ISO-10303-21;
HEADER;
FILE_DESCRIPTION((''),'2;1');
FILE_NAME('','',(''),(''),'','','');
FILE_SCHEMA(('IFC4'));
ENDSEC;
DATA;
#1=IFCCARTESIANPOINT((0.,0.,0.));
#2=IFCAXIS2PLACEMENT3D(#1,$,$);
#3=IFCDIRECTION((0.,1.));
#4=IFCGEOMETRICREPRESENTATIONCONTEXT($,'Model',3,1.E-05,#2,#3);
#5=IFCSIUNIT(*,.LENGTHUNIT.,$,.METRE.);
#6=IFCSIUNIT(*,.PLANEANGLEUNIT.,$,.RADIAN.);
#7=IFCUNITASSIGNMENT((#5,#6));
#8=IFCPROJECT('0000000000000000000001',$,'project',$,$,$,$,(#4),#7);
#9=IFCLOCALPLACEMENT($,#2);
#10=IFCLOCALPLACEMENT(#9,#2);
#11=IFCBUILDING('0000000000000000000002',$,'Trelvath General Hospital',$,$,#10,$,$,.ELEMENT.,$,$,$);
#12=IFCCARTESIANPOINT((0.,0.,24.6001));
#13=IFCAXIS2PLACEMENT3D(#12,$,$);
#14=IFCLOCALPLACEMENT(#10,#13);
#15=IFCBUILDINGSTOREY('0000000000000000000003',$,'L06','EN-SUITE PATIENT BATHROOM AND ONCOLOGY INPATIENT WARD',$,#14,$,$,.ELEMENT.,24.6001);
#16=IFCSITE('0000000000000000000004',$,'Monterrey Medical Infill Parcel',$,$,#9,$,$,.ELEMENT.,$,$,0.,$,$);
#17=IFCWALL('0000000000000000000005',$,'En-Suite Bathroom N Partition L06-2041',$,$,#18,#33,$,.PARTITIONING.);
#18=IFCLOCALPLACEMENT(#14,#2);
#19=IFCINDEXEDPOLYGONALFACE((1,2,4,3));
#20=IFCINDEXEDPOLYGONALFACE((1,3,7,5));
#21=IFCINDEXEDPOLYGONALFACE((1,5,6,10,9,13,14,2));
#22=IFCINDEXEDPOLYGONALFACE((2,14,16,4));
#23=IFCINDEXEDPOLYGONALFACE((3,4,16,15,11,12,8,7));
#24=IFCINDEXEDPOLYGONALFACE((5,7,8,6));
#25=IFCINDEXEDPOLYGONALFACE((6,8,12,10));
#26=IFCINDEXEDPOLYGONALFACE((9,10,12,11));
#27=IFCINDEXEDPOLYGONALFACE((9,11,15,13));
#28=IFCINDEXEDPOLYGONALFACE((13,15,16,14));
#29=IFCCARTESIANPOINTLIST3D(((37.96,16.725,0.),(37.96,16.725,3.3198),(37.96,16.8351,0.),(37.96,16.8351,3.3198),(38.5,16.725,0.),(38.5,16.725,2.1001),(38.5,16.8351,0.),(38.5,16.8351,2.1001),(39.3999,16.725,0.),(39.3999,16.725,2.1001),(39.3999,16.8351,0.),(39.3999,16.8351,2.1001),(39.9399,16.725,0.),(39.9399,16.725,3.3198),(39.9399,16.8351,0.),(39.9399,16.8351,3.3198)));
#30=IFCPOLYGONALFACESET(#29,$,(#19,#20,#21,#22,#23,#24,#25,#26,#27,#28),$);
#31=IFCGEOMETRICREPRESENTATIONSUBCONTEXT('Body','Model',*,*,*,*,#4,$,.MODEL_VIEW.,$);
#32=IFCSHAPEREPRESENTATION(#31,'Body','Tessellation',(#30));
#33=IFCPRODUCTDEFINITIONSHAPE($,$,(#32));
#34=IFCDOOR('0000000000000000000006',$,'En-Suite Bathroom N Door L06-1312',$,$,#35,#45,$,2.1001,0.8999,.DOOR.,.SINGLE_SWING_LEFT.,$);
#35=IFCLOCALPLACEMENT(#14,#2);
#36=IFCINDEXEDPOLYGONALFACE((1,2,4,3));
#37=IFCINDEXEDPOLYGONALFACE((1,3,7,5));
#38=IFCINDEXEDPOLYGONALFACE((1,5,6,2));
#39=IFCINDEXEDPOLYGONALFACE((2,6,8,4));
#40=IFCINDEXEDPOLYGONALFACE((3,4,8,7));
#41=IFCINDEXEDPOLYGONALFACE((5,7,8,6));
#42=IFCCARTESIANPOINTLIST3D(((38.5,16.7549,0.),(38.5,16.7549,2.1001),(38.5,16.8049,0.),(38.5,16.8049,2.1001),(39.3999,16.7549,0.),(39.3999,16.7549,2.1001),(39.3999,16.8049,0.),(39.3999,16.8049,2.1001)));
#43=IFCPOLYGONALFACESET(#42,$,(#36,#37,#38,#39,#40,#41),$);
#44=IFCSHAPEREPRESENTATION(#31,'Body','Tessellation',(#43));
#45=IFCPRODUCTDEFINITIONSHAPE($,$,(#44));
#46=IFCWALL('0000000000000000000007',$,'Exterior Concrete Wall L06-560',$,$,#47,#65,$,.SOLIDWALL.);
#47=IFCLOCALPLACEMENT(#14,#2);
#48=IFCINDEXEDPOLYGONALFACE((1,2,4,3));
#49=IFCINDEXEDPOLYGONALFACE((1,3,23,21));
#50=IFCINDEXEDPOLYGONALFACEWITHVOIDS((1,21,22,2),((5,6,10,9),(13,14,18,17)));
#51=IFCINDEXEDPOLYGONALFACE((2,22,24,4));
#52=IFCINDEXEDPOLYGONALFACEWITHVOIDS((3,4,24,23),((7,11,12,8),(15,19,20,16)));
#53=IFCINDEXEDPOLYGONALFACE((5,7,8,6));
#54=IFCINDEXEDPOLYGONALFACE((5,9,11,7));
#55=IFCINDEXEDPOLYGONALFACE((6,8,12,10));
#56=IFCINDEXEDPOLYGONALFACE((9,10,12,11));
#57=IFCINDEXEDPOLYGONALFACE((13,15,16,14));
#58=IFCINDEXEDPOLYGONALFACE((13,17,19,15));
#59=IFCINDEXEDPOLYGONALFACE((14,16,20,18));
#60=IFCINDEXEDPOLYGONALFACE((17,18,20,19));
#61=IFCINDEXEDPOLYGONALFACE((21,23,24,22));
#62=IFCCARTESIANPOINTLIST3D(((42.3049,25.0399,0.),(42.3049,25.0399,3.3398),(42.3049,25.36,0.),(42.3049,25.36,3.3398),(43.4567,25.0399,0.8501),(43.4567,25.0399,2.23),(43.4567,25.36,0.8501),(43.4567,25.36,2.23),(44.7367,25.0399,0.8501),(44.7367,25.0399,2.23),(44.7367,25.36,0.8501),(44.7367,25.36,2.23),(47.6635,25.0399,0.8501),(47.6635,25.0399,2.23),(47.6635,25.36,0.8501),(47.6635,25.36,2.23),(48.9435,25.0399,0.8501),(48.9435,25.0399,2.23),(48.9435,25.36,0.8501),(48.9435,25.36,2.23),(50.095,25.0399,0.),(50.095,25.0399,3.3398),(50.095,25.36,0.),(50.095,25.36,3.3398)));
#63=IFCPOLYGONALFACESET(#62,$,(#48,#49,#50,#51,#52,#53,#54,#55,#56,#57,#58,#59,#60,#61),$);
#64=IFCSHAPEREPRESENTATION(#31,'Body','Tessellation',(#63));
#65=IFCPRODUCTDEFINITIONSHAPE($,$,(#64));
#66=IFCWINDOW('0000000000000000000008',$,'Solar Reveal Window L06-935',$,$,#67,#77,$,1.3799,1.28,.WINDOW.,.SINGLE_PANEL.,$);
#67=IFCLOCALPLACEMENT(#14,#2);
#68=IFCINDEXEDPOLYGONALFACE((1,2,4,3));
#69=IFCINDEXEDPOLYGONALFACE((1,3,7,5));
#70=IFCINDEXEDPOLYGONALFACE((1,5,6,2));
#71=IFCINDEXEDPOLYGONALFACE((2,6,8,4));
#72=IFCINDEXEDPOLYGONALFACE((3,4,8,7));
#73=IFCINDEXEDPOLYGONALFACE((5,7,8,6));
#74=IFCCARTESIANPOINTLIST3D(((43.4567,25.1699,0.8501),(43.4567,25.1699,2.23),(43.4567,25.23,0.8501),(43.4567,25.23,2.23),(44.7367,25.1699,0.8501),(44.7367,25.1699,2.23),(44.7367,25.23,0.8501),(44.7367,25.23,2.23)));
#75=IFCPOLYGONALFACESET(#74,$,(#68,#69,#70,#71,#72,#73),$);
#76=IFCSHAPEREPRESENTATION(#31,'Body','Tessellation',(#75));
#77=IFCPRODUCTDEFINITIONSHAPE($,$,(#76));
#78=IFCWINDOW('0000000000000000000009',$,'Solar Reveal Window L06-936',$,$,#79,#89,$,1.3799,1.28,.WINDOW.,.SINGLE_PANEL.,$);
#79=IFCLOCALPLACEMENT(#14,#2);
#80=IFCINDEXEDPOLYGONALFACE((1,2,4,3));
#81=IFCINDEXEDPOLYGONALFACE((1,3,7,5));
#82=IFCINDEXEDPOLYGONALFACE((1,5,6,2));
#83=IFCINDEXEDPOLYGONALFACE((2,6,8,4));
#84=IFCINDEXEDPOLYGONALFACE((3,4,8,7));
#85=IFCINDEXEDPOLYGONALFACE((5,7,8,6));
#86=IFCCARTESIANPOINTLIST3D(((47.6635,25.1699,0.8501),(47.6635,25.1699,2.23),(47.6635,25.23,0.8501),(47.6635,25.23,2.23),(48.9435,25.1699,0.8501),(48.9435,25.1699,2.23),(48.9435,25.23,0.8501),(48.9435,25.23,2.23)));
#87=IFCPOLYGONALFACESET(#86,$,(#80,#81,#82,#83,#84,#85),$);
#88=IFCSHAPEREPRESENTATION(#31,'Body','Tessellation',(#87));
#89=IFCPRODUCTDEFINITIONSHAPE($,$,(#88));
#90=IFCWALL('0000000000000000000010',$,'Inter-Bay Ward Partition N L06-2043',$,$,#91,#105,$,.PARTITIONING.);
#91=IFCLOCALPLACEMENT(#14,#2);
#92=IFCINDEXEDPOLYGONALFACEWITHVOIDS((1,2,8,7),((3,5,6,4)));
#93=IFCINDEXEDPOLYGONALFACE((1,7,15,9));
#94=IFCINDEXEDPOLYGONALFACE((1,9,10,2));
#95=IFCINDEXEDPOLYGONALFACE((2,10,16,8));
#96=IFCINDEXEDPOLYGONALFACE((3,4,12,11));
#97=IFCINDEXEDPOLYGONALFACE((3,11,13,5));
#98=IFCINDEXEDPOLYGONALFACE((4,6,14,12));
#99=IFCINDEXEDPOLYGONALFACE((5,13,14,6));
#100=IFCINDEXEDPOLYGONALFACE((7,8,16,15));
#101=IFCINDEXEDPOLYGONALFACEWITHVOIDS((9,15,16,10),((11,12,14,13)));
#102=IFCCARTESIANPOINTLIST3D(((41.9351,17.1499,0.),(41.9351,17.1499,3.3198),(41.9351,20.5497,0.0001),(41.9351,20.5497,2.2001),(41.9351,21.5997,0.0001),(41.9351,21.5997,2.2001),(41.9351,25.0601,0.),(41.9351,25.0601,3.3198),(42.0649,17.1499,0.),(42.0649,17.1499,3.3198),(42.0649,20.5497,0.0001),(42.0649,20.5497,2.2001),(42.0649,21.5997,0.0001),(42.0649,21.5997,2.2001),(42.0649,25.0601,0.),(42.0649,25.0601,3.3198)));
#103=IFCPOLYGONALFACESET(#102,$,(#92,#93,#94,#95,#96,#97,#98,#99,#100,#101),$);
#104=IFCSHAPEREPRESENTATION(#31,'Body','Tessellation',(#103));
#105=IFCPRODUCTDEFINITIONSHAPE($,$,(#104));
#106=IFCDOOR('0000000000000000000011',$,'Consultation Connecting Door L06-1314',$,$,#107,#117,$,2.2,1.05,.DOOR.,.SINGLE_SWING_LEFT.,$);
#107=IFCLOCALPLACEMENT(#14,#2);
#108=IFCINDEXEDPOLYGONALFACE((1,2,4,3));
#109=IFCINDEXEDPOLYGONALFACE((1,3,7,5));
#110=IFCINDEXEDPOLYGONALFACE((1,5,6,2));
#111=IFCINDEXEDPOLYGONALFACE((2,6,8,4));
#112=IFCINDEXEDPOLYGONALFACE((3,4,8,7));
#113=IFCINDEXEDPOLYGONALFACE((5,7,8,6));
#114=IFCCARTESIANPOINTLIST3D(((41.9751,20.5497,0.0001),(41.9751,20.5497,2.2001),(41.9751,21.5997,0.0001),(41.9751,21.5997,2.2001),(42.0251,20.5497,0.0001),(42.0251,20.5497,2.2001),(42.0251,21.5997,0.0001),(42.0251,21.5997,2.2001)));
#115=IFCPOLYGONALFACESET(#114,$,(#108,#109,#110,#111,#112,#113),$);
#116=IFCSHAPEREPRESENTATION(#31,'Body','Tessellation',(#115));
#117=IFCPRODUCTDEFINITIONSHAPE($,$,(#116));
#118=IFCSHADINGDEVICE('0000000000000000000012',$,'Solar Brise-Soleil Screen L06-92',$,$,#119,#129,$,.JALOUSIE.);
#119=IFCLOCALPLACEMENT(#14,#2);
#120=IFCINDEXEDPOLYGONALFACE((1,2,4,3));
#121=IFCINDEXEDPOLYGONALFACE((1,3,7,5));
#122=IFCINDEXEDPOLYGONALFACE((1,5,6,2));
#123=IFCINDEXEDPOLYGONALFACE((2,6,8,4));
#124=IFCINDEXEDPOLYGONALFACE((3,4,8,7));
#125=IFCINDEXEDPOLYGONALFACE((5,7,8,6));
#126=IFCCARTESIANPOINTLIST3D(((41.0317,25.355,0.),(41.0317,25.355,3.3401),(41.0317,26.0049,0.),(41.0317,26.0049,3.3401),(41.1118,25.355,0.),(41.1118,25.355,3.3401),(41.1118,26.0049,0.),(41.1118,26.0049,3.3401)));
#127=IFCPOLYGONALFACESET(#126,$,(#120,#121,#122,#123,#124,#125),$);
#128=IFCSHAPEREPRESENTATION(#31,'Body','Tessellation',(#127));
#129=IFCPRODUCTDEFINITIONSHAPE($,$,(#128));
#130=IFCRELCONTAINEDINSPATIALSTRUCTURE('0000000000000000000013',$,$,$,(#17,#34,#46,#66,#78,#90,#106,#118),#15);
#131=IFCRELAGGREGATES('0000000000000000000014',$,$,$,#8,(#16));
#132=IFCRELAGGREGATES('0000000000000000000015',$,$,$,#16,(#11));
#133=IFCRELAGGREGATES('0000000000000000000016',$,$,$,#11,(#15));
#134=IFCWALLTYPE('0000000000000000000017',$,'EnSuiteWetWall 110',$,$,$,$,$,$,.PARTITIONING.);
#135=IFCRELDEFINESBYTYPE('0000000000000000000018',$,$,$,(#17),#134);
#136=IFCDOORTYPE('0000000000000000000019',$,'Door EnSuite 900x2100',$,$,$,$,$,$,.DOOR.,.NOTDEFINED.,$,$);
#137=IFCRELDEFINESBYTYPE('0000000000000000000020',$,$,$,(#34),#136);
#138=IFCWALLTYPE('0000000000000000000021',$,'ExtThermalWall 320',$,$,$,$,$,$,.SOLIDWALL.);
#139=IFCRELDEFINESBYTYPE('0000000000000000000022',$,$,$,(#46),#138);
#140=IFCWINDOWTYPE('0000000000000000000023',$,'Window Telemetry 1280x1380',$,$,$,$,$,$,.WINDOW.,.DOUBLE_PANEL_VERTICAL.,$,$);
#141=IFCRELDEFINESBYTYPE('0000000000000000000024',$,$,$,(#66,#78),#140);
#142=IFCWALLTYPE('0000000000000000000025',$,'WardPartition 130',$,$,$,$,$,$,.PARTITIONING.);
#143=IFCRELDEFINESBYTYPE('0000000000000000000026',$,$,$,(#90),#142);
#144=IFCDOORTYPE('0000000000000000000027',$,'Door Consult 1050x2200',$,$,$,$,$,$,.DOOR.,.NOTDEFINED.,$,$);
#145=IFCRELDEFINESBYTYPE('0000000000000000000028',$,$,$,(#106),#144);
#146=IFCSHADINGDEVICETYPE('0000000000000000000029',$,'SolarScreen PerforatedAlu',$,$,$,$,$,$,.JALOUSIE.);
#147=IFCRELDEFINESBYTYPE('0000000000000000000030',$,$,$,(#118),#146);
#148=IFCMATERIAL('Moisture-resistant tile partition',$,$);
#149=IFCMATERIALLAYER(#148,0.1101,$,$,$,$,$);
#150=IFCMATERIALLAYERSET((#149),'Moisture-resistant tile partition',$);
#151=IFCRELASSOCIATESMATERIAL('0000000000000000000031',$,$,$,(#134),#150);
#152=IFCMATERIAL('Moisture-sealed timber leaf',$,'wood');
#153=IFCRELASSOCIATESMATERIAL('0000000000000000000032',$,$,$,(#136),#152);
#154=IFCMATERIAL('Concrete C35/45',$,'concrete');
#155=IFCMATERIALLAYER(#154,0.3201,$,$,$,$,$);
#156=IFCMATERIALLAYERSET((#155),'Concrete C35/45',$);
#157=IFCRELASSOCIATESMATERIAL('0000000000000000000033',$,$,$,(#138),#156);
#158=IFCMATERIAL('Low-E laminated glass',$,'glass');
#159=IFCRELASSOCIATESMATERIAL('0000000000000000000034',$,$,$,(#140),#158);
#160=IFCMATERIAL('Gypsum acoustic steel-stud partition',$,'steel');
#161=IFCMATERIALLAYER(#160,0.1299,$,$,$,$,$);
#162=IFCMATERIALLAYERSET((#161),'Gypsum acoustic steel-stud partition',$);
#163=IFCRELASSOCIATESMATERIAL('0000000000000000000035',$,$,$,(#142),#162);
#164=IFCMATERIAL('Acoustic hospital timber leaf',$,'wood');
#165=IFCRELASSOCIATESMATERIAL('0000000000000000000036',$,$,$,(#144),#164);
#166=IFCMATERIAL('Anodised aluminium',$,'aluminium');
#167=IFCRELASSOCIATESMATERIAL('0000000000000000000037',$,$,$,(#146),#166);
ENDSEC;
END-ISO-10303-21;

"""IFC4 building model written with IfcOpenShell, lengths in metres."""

from ifc_helpers import new_model, si_unit, direction, frame, frame_2d, origin, origin_2d, place, context, subcontext, project, spatial, rectangle, extrude, material, layer, layer_set, type_object, element, fill, save


model = new_model("IFC4")

# Units and contexts
model_context = context("Model", 3, precision=1e-05, world=origin(), true_north=direction((0.0, 1.0)))
body_context = subcontext(model_context, "Body", "Model", "MODEL_VIEW")
ifc_project = project(units=[si_unit("LENGTHUNIT", "METRE"), si_unit("PLANEANGLEUNIT", "RADIAN")], contexts=[model_context])

# Site, building, storey
site_placement = place(None, origin())
site = spatial("IfcSite", under=ifc_project, at=site_placement, Name="Monterrey Medical Infill Parcel", CompositionType="ELEMENT", RefElevation=0.0)
building_placement = place(site_placement, origin())
building = spatial("IfcBuilding", under=site, at=building_placement, Name="Trelvath General Hospital", CompositionType="ELEMENT")
storey_placement = place(building_placement, frame((0.0, 0.0, 24.6001)))
storey = spatial("IfcBuildingStorey", under=building, at=storey_placement, Name="L06", Description="EN-SUITE PATIENT BATHROOM AND ONCOLOGY INPATIENT WARD", CompositionType="ELEMENT", Elevation=24.6001)

# Shared definitions
ifc_material_1 = material(Name="Moisture-resistant tile partition")
ifc_layer_1 = layer(ifc_material_1, 0.1101)
ifc_layer_set_1 = layer_set([ifc_layer_1], Name="Moisture-resistant tile partition")
wall_type_1 = type_object("IfcWallType", Name="EnSuiteWetWall 110", PredefinedType="PARTITIONING", material=ifc_layer_set_1)
ifc_material_2 = material(Name="Moisture-sealed timber leaf", Category="wood")
door_type_1 = type_object("IfcDoorType", Name="Door EnSuite 900x2100", OperationType="NOTDEFINED", PredefinedType="DOOR", material=ifc_material_2)

# Wall, opening, door
wall_1_placement = place(storey_placement, frame((37.96, 16.78, 0.0), z_axis=(0.0, 0.0, 1.0), x_axis=(1.0, 0.0, 0.0)))
wall_1 = element("IfcWall", 1, at=wall_1_placement, inside=storey, type_object=wall_type_1, Name="En-Suite Bathroom N Partition L06-2041", PredefinedType="PARTITIONING", context=body_context, shape_type="SweptSolid", body=[
    extrude(rectangle(XDim=1.98, YDim=0.1101, at=frame_2d((0.99, 0.0))), origin(), (0.0, 0.0, 1.0), 3.3198),
])
opening_1_placement = place(wall_1_placement, frame((0.54, 0.0, 0.0)))
opening_1 = element("IfcOpeningElement", 2, at=opening_1_placement, cuts=wall_1, PredefinedType="OPENING", context=body_context, shape_type="SweptSolid", body=[
    extrude(rectangle(XDim=0.8999, YDim=2.1001, at=frame_2d((0.45, 1.05))), frame((0.0, 0.0649, 0.0), z_axis=(0.0, -1.0, 0.0), x_axis=(1.0, 0.0, 0.0)), (0.0, 0.0, 1.0), 0.1301),
])
door_1_placement = place(opening_1_placement, origin())
door_1 = element("IfcDoor", 3, at=door_1_placement, inside=storey, type_object=door_type_1, Name="En-Suite Bathroom N Door L06-1312", OperationType="SINGLE_SWING_LEFT", OverallHeight=2.1001, OverallWidth=0.8999, PredefinedType="DOOR", context=body_context, shape_type="SweptSolid", body=[
    extrude(rectangle(XDim=0.8999, YDim=2.1001, at=frame_2d((0.45, 1.05))), frame((0.0, 0.0249, 0.0), z_axis=(0.0, -1.0, 0.0), x_axis=(1.0, 0.0, 0.0)), (0.0, 0.0, 1.0), 0.05),
])
fill(opening_1, door_1)

# Wall, openings, windows
ifc_material_3 = material(Name="Concrete C35/45", Category="concrete")
ifc_layer_2 = layer(ifc_material_3, 0.3201)
ifc_layer_set_2 = layer_set([ifc_layer_2], Name="Concrete C35/45")
wall_type_2 = type_object("IfcWallType", Name="ExtThermalWall 320", PredefinedType="SOLIDWALL", material=ifc_layer_set_2)
wall_2_placement = place(storey_placement, frame((42.3049, 25.2, 0.0), z_axis=(0.0, 0.0, 1.0), x_axis=(1.0, 0.0, 0.0)))
wall_2 = element("IfcWall", 4, at=wall_2_placement, inside=storey, type_object=wall_type_2, Name="Exterior Concrete Wall L06-560", PredefinedType="SOLIDWALL", context=body_context, shape_type="SweptSolid", body=[
    extrude(rectangle(XDim=7.79, YDim=0.3201, at=frame_2d((3.895, 0.0))), origin(), (0.0, 0.0, 1.0), 3.3398),
])
opening_2_placement = place(wall_2_placement, frame((1.1516, 0.0, 0.8501)))
opening_2 = element("IfcOpeningElement", 5, at=opening_2_placement, cuts=wall_2, PredefinedType="OPENING", context=body_context, shape_type="SweptSolid", body=[
    extrude(rectangle(XDim=1.28, YDim=1.3799, at=frame_2d((0.6401, 0.6899))), frame((0.0, 0.1699, 0.0), z_axis=(0.0, -1.0, 0.0), x_axis=(1.0, 0.0, 0.0)), (0.0, 0.0, 1.0), 0.3401),
])
opening_3_placement = place(wall_2_placement, frame((5.3584, 0.0, 0.8501)))
opening_3 = element("IfcOpeningElement", 6, at=opening_3_placement, cuts=wall_2, PredefinedType="OPENING", context=body_context, shape_type="SweptSolid", body=[
    extrude(rectangle(XDim=1.28, YDim=1.3799, at=frame_2d((0.6401, 0.6899))), frame((0.0, 0.1699, 0.0), z_axis=(0.0, -1.0, 0.0), x_axis=(1.0, 0.0, 0.0)), (0.0, 0.0, 1.0), 0.3401),
])
ifc_material_4 = material(Name="Low-E laminated glass", Category="glass")
window_type = type_object("IfcWindowType", Name="Window Telemetry 1280x1380", PartitioningType="DOUBLE_PANEL_VERTICAL", PredefinedType="WINDOW", material=ifc_material_4)
window_1_placement = place(opening_2_placement, origin())
window_1 = element("IfcWindow", 7, at=window_1_placement, inside=storey, type_object=window_type, Name="Solar Reveal Window L06-935", OverallHeight=1.3799, OverallWidth=1.28, PartitioningType="SINGLE_PANEL", PredefinedType="WINDOW", context=body_context, shape_type="SweptSolid", body=[
    extrude(rectangle(XDim=1.28, YDim=1.3799, at=frame_2d((0.6401, 0.6899))), frame((0.0, 0.03, 0.0), z_axis=(0.0, -1.0, 0.0), x_axis=(1.0, 0.0, 0.0)), (0.0, 0.0, 1.0), 0.0601),
])
fill(opening_2, window_1)
window_2_placement = place(opening_3_placement, origin())
window_2 = element("IfcWindow", 8, at=window_2_placement, inside=storey, type_object=window_type, Name="Solar Reveal Window L06-936", OverallHeight=1.3799, OverallWidth=1.28, PartitioningType="SINGLE_PANEL", PredefinedType="WINDOW", context=body_context, shape_type="SweptSolid", body=[
    extrude(rectangle(XDim=1.28, YDim=1.3799, at=frame_2d((0.6401, 0.6899))), frame((0.0, 0.03, 0.0), z_axis=(0.0, -1.0, 0.0), x_axis=(1.0, 0.0, 0.0)), (0.0, 0.0, 1.0), 0.0601),
])
fill(opening_3, window_2)

# Wall, opening, door
ifc_material_5 = material(Name="Gypsum acoustic steel-stud partition", Category="steel")
ifc_layer_3 = layer(ifc_material_5, 0.1299)
ifc_layer_set_3 = layer_set([ifc_layer_3], Name="Gypsum acoustic steel-stud partition")
wall_type_3 = type_object("IfcWallType", Name="WardPartition 130", PredefinedType="PARTITIONING", material=ifc_layer_set_3)
wall_3_placement = place(storey_placement, frame((42.0, 17.1499, 0.0), z_axis=(0.0, 0.0, 1.0), x_axis=(0.0, 1.0, 0.0)))
wall_3 = element("IfcWall", 9, at=wall_3_placement, inside=storey, type_object=wall_type_3, Name="Inter-Bay Ward Partition N L06-2043", PredefinedType="PARTITIONING", context=body_context, shape_type="SweptSolid", body=[
    extrude(rectangle(XDim=7.9102, YDim=0.1299, at=frame_2d((3.9551, 0.0))), origin(), (0.0, 0.0, 1.0), 3.3198),
])
opening_4_placement = place(wall_3_placement, frame((3.3999, 0.0, 0.0)))
opening_4 = element("IfcOpeningElement", 10, at=opening_4_placement, cuts=wall_3, PredefinedType="OPENING", context=body_context, shape_type="SweptSolid", body=[
    extrude(rectangle(XDim=1.05, YDim=2.2, at=frame_2d((0.5249, 1.1001))), frame((0.0, 0.075, 0.0), z_axis=(0.0, -1.0, 0.0), x_axis=(1.0, 0.0, 0.0)), (0.0, 0.0, 1.0), 0.1499),
])
ifc_material_6 = material(Name="Acoustic hospital timber leaf", Category="wood")
door_type_2 = type_object("IfcDoorType", Name="Door Consult 1050x2200", OperationType="NOTDEFINED", PredefinedType="DOOR", material=ifc_material_6)
door_2_placement = place(opening_4_placement, origin())
door_2 = element("IfcDoor", 11, at=door_2_placement, inside=storey, type_object=door_type_2, Name="Consultation Connecting Door L06-1314", OperationType="SINGLE_SWING_LEFT", OverallHeight=2.2, OverallWidth=1.05, PredefinedType="DOOR", context=body_context, shape_type="SweptSolid", body=[
    extrude(rectangle(XDim=1.05, YDim=2.2, at=frame_2d((0.5249, 1.1001))), frame((0.0, 0.0249, 0.0), z_axis=(0.0, -1.0, 0.0), x_axis=(1.0, 0.0, 0.0)), (0.0, 0.0, 1.0), 0.05),
])
fill(opening_4, door_2)

# Shading device
ifc_material_7 = material(Name="Anodised aluminium", Category="aluminium")
shading_device_type = type_object("IfcShadingDeviceType", Name="SolarScreen PerforatedAlu", PredefinedType="JALOUSIE", material=ifc_material_7)
shading_device_placement = place(storey_placement, frame((41.0718, 25.6799, 0.0), z_axis=(0.0, 0.0, 1.0), x_axis=(0.0, 1.0, 0.0)))
element("IfcShadingDevice", 12, at=shading_device_placement, inside=storey, type_object=shading_device_type, Name="Solar Brise-Soleil Screen L06-92", PredefinedType="JALOUSIE", context=body_context, shape_type="SweptSolid", body=[
    extrude(rectangle(XDim=0.6499, YDim=0.0801, at=origin_2d()), origin(), (0.0, 0.0, 1.0), 3.3401),
])

save(model, "model.ifc")
